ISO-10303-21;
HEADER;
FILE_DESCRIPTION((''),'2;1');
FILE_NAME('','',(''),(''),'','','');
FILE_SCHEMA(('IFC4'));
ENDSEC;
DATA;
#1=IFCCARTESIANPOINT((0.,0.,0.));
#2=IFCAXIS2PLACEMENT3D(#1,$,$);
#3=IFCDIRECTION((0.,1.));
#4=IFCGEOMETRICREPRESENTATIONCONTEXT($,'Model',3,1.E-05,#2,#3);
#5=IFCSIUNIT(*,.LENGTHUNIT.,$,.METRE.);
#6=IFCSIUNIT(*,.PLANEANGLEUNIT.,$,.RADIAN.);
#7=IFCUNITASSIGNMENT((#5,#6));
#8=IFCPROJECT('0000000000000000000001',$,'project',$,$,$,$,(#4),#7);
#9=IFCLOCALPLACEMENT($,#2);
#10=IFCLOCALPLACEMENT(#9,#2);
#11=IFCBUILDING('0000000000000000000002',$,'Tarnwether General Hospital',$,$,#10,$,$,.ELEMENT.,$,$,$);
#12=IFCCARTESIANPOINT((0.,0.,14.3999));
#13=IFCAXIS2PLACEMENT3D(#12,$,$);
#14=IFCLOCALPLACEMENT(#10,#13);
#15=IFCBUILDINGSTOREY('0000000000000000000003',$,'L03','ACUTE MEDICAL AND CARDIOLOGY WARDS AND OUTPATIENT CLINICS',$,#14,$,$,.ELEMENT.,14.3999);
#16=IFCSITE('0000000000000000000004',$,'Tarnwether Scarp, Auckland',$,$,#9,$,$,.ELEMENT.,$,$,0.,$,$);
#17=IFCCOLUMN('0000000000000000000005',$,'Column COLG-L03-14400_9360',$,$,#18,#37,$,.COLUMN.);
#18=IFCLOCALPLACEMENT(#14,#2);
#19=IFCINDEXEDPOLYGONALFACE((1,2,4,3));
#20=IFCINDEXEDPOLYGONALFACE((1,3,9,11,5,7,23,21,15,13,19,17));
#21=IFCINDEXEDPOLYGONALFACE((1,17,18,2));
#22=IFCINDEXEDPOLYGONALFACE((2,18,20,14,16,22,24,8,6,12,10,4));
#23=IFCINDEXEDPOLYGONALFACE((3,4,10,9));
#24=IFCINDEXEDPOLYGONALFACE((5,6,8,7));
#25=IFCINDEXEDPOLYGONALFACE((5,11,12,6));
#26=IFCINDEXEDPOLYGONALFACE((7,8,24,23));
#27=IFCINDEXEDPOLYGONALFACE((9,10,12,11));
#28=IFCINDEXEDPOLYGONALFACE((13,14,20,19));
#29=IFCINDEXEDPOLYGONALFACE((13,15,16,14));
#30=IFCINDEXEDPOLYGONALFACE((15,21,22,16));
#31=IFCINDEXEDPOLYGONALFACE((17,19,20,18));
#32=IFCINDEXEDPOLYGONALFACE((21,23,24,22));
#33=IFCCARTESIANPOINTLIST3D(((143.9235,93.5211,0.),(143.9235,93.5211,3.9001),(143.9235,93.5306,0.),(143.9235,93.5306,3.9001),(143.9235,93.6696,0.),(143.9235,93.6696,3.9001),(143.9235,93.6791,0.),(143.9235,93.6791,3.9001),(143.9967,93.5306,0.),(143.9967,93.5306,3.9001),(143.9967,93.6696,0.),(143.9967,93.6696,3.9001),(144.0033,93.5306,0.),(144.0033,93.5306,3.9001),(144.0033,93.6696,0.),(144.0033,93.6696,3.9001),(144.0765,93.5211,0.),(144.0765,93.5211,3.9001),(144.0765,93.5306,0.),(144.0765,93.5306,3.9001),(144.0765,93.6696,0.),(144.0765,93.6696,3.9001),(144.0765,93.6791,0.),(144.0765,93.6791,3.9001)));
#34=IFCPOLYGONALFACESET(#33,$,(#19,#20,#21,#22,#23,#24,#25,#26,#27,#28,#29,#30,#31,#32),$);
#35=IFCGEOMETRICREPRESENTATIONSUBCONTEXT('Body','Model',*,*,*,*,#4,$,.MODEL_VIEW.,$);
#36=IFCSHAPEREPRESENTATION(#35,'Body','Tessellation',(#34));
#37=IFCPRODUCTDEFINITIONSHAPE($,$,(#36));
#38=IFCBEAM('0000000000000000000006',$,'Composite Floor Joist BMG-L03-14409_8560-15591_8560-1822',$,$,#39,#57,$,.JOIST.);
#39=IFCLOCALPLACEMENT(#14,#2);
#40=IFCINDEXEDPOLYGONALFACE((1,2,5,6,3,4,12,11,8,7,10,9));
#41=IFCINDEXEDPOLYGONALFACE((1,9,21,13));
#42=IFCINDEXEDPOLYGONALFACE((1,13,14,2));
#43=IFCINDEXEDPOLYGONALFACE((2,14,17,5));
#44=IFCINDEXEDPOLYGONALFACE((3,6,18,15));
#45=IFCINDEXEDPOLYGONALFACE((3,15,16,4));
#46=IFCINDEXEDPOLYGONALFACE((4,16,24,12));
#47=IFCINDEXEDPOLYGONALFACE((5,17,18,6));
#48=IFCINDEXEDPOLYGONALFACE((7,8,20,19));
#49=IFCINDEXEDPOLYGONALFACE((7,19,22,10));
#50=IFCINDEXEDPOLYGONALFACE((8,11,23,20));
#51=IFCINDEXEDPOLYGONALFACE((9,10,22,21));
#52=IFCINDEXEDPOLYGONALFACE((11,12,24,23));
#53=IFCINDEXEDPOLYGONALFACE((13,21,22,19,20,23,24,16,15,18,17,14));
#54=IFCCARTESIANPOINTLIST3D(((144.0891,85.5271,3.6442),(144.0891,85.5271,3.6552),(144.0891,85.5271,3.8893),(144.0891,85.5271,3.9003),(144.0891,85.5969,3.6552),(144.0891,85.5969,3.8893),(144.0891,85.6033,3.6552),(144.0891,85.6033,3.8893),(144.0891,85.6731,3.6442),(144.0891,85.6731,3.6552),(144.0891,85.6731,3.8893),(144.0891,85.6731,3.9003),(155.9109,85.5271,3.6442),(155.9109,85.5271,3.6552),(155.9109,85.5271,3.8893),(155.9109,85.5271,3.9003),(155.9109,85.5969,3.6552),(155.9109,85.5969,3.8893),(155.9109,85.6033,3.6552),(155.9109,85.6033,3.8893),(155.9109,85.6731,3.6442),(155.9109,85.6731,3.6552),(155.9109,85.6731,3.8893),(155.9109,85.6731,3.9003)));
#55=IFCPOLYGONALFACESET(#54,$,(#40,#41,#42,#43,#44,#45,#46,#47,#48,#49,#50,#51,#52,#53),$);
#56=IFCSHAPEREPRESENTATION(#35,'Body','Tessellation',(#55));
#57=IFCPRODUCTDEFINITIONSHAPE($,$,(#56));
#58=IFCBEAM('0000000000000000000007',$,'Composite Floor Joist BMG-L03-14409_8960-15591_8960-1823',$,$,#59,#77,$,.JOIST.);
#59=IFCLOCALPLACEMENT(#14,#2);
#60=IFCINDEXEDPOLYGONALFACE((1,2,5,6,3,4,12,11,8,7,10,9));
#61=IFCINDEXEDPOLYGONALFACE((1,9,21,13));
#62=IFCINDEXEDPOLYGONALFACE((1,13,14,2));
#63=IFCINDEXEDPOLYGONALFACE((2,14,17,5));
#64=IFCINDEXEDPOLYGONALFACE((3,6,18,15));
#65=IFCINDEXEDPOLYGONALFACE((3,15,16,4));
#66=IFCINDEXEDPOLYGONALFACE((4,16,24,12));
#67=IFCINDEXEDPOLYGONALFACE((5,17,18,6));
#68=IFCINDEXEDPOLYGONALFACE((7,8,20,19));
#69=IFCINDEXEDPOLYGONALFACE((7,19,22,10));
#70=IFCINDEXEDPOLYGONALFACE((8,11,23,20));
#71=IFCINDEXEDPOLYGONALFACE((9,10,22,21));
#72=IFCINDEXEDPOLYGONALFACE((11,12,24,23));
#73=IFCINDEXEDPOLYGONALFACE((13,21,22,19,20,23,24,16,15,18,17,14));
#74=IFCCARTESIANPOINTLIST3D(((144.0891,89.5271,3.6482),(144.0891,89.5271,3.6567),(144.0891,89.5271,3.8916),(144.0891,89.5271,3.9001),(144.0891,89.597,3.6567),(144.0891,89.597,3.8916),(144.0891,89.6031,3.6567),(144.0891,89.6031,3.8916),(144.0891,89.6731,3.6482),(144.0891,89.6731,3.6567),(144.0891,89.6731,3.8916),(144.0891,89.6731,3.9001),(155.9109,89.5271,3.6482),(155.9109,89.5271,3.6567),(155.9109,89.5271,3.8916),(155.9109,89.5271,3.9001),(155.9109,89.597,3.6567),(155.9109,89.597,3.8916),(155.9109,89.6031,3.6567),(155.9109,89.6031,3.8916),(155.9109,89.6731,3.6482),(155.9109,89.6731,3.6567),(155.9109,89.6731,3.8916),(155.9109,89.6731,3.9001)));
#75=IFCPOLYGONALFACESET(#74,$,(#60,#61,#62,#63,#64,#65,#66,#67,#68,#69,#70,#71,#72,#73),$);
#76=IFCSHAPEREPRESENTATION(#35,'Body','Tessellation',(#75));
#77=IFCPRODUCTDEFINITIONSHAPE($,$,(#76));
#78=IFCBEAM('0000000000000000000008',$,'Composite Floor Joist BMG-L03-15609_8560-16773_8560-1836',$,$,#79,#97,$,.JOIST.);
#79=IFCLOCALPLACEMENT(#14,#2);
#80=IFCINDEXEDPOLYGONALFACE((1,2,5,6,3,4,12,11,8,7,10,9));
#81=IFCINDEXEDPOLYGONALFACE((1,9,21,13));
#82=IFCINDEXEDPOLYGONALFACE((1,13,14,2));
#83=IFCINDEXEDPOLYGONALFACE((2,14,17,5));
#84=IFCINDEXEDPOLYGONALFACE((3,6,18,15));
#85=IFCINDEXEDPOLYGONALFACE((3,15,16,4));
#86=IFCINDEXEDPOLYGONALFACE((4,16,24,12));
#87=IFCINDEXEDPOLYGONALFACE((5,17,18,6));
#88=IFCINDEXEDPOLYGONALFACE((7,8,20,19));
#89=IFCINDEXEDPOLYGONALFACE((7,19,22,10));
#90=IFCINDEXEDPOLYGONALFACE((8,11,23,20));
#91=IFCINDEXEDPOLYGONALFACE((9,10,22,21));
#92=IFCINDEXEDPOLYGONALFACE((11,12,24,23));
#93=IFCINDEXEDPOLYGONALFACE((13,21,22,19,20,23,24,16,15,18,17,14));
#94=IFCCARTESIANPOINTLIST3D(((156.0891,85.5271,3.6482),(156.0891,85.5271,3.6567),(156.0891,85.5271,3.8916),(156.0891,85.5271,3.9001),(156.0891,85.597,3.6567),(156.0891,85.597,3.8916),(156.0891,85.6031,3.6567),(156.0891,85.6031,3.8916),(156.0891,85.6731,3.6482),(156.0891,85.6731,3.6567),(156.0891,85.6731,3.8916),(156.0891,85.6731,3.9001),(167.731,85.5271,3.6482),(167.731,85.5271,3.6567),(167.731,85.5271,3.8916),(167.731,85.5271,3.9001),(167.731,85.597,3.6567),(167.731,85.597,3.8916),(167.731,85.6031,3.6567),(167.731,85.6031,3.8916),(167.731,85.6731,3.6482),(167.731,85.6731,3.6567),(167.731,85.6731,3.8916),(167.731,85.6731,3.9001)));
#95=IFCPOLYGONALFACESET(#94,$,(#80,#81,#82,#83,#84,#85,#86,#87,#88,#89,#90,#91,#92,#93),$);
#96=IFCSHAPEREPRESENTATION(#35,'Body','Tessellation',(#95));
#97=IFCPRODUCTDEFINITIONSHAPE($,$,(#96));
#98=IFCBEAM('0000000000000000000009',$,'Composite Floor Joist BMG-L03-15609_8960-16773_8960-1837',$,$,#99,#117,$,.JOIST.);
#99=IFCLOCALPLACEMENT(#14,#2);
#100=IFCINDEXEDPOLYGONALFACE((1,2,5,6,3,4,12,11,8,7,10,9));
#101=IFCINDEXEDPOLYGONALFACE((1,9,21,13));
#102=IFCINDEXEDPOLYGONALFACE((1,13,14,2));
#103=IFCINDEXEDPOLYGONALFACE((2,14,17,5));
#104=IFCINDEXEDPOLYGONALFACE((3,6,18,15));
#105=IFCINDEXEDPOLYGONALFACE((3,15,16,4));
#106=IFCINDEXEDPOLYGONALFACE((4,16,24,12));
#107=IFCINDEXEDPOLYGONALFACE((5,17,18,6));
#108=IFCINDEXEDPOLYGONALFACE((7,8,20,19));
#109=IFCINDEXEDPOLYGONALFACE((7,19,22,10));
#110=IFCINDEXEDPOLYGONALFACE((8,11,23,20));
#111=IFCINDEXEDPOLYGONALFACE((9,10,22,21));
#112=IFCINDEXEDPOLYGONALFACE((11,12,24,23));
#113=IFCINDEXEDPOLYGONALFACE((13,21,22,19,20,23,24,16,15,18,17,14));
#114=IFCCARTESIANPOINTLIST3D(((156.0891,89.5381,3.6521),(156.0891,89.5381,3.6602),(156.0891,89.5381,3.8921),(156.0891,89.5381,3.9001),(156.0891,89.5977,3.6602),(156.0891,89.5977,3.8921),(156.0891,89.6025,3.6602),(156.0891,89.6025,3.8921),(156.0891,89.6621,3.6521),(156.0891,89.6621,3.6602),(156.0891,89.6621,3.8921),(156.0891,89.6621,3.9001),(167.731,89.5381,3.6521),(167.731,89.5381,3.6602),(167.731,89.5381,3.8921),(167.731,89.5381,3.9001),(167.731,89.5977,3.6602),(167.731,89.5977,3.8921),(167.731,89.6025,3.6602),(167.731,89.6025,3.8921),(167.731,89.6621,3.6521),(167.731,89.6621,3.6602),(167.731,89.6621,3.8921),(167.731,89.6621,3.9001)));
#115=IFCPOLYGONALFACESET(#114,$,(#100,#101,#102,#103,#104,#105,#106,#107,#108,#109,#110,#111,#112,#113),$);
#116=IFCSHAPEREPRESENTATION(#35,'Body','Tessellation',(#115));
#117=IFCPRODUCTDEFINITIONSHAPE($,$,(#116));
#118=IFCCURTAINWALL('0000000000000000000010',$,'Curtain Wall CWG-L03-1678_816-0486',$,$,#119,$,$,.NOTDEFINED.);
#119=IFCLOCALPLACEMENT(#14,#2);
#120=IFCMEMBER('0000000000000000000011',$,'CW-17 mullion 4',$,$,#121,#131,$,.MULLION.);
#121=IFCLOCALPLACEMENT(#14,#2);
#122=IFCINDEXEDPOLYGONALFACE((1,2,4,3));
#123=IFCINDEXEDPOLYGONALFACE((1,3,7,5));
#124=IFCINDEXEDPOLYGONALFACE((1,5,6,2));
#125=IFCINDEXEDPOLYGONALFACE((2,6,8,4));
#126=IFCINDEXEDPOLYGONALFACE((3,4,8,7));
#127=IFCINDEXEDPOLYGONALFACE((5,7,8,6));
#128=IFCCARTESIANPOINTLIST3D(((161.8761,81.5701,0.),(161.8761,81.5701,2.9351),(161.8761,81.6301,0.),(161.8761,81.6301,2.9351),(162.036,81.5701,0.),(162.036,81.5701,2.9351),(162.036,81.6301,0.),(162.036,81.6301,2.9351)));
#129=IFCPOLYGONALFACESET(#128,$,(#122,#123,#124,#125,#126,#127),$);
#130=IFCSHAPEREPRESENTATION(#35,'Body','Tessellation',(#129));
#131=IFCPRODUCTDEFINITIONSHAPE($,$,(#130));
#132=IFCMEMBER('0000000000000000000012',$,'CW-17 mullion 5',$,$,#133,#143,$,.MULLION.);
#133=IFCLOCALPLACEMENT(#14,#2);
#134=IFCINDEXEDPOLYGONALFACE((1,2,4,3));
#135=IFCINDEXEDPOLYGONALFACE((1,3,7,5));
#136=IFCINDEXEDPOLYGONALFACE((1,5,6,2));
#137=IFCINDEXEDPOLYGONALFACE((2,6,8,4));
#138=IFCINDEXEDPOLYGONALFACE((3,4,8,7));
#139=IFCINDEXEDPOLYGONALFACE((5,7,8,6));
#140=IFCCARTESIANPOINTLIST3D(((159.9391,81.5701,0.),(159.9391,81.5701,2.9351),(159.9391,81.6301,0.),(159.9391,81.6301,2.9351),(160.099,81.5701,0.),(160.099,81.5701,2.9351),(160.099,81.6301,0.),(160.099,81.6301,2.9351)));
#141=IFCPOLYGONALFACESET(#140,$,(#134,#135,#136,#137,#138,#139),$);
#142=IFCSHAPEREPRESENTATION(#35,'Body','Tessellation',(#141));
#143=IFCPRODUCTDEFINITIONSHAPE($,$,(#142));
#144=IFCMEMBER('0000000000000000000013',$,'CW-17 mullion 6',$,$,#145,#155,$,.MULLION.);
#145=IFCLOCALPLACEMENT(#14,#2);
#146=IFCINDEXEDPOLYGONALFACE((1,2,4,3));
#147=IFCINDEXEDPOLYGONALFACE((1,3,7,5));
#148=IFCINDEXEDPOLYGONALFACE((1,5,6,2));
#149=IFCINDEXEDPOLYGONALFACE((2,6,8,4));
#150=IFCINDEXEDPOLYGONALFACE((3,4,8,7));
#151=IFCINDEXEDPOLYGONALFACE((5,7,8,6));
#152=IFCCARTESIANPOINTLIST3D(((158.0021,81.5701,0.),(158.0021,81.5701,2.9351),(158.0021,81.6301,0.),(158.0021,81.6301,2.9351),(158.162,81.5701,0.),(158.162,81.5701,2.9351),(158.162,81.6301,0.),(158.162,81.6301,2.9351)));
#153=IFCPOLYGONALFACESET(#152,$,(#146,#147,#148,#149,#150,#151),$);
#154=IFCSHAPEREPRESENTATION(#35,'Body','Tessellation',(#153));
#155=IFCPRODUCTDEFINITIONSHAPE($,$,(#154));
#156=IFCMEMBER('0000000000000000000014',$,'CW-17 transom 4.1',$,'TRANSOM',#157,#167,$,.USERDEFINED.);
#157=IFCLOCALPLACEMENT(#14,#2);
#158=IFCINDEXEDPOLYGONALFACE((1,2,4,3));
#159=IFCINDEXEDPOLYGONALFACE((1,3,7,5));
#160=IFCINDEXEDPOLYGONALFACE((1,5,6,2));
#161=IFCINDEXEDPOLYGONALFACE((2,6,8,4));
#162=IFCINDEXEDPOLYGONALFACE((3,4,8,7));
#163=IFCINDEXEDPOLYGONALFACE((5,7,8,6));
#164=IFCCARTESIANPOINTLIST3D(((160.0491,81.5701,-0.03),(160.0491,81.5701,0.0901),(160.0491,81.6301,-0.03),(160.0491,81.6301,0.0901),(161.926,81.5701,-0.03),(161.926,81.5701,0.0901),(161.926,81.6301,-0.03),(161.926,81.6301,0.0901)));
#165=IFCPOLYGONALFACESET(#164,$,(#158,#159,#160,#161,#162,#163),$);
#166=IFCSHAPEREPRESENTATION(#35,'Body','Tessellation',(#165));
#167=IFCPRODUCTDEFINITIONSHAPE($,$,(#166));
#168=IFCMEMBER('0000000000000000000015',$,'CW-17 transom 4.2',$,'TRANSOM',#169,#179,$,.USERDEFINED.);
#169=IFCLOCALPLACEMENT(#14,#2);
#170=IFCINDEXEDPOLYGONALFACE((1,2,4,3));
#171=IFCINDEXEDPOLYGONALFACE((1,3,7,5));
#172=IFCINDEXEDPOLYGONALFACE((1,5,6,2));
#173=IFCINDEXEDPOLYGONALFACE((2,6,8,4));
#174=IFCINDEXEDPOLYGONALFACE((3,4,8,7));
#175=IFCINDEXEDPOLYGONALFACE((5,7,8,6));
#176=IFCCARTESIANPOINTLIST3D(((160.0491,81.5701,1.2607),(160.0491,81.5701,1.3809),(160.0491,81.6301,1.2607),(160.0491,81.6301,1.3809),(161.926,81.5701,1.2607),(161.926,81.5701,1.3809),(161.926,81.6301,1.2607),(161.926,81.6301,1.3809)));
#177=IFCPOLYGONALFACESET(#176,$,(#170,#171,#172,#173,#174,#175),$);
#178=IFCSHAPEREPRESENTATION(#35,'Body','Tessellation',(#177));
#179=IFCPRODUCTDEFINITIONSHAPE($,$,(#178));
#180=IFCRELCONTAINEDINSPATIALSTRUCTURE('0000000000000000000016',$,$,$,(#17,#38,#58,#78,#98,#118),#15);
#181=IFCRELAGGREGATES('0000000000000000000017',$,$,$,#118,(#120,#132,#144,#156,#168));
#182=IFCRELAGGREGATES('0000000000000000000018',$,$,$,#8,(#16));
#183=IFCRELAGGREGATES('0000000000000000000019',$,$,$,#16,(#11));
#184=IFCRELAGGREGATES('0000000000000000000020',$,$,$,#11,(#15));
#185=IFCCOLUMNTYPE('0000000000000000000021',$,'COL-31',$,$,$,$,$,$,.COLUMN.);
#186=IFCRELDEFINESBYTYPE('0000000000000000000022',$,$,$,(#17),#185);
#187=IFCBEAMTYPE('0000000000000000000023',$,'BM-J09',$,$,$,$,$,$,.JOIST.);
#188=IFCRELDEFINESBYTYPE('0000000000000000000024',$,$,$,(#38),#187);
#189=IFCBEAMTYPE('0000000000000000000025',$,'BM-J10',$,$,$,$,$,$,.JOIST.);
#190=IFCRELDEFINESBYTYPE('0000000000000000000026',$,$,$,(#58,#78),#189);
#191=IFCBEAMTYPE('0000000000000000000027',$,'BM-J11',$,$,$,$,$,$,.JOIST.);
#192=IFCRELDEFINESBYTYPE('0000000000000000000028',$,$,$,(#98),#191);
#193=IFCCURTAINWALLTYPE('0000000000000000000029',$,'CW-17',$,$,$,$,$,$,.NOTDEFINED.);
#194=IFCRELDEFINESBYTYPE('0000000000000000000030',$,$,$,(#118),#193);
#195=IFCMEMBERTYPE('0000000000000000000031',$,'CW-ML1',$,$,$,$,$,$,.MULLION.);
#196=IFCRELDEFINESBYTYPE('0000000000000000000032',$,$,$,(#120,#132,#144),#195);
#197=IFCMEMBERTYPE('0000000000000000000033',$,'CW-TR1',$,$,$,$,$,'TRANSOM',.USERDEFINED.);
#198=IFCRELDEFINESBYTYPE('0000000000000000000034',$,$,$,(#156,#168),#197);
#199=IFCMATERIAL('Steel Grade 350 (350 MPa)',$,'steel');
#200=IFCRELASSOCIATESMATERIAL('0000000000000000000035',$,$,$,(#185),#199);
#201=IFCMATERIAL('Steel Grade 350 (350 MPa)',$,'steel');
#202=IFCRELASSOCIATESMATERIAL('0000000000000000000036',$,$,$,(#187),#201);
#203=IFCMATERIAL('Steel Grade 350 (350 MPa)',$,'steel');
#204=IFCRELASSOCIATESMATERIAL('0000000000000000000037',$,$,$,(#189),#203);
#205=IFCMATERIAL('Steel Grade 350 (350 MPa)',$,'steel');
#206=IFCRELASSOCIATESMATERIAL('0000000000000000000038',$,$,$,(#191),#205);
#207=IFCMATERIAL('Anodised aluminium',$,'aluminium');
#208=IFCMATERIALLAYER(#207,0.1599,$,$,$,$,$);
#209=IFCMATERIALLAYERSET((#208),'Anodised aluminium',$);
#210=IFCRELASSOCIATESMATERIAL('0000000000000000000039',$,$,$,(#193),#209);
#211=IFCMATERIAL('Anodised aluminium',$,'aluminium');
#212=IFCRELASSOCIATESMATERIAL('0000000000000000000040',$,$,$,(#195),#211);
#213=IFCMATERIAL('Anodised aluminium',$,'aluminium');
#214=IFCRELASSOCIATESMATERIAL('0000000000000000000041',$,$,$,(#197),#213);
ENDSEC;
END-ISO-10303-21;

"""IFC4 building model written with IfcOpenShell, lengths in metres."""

from ifc_helpers import new_model, si_unit, direction, frame, origin, origin_2d, place, context, subcontext, project, spatial, rectangle, i_section, extrude, material, layer, layer_set, material_profile, profile_set, type_object, element, aggregate, save


model = new_model("IFC4")

# Units and contexts
model_context = context("Model", 3, precision=1e-05, world=origin(), true_north=direction((0.0, 1.0)))
body_context = subcontext(model_context, "Body", "Model", "MODEL_VIEW")
ifc_project = project(units=[si_unit("LENGTHUNIT", "METRE"), si_unit("PLANEANGLEUNIT", "RADIAN")], contexts=[model_context])

# Site, building, storey
site_placement = place(None, origin())
site = spatial("IfcSite", under=ifc_project, at=site_placement, Name="Tarnwether Scarp, Auckland", CompositionType="ELEMENT", RefElevation=0.0)
building_placement = place(site_placement, origin())
building = spatial("IfcBuilding", under=site, at=building_placement, Name="Tarnwether General Hospital", CompositionType="ELEMENT")
storey_placement = place(building_placement, frame((0.0, 0.0, 14.3999)))
storey = spatial("IfcBuildingStorey", under=building, at=storey_placement, Name="L03", Description="ACUTE MEDICAL AND CARDIOLOGY WARDS AND OUTPATIENT CLINICS", CompositionType="ELEMENT", Elevation=14.3999)

# Column
ifc_material_1 = material(Name="Steel Grade 350 (350 MPa)", Category="steel")
ifc_material_profile_1 = material_profile(ifc_material_1, i_section(OverallWidth=0.1531, OverallDepth=0.158, WebThickness=0.0066, FlangeThickness=0.0095, at=origin_2d()), Name="150UC30.0")
ifc_profile_set_1 = profile_set([ifc_material_profile_1], Name="Steel Grade 350 (350 MPa)")
column_type = type_object("IfcColumnType", Name="COL-31", PredefinedType="COLUMN", material=ifc_profile_set_1)
column_placement = place(storey_placement, frame((144.0, 93.6001, 0.0), z_axis=(0.0, 0.0, 1.0), x_axis=(1.0, 0.0, 0.0)))
element("IfcColumn", 1, at=column_placement, inside=storey, type_object=column_type, Name="Column COLG-L03-14400_9360", PredefinedType="COLUMN", context=body_context, shape_type="SweptSolid", body=[
    extrude(i_section(OverallWidth=0.1531, OverallDepth=0.158, WebThickness=0.0066, FlangeThickness=0.0095, at=origin_2d()), origin(), (0.0, 0.0, 1.0), 3.9001),
])

# Beams
ifc_material_2 = material(Name="Steel Grade 350 (350 MPa)", Category="steel")
ifc_material_profile_2 = material_profile(ifc_material_2, i_section(OverallWidth=0.146, OverallDepth=0.2561, WebThickness=0.0063, FlangeThickness=0.011, at=origin_2d()), Name="250UB37.3")
ifc_profile_set_2 = profile_set([ifc_material_profile_2], Name="Steel Grade 350 (350 MPa)")
beam_type_1 = type_object("IfcBeamType", Name="BM-J09", PredefinedType="JOIST", material=ifc_profile_set_2)
beam_1_placement = place(storey_placement, frame((144.0891, 85.6001, 3.7722), z_axis=(1.0, 0.0, 0.0), x_axis=(0.0, 1.0, 0.0)))
element("IfcBeam", 2, at=beam_1_placement, inside=storey, type_object=beam_type_1, Name="Composite Floor Joist BMG-L03-14409_8560-15591_8560-1822", PredefinedType="JOIST", context=body_context, shape_type="SweptSolid", body=[
    extrude(i_section(OverallWidth=0.146, OverallDepth=0.2561, WebThickness=0.0063, FlangeThickness=0.011, at=origin_2d()), origin(), (0.0, 0.0, 1.0), 11.8218),
])
ifc_material_3 = material(Name="Steel Grade 350 (350 MPa)", Category="steel")
ifc_material_profile_3 = material_profile(ifc_material_3, i_section(OverallWidth=0.146, OverallDepth=0.252, WebThickness=0.0061, FlangeThickness=0.0085, at=origin_2d()), Name="250UB31.4")
ifc_profile_set_3 = profile_set([ifc_material_profile_3], Name="Steel Grade 350 (350 MPa)")
beam_type_2 = type_object("IfcBeamType", Name="BM-J10", PredefinedType="JOIST", material=ifc_profile_set_3)
beam_2_placement = place(storey_placement, frame((144.0891, 89.6001, 3.7742), z_axis=(1.0, 0.0, 0.0), x_axis=(0.0, 1.0, 0.0)))
element("IfcBeam", 3, at=beam_2_placement, inside=storey, type_object=beam_type_2, Name="Composite Floor Joist BMG-L03-14409_8960-15591_8960-1823", PredefinedType="JOIST", context=body_context, shape_type="SweptSolid", body=[
    extrude(i_section(OverallWidth=0.146, OverallDepth=0.252, WebThickness=0.0061, FlangeThickness=0.0085, at=origin_2d()), origin(), (0.0, 0.0, 1.0), 11.8218),
])
beam_3_placement = place(storey_placement, frame((156.0891, 85.6001, 3.7742), z_axis=(1.0, 0.0, 0.0), x_axis=(0.0, 1.0, 0.0)))
element("IfcBeam", 4, at=beam_3_placement, inside=storey, type_object=beam_type_2, Name="Composite Floor Joist BMG-L03-15609_8560-16773_8560-1836", PredefinedType="JOIST", context=body_context, shape_type="SweptSolid", body=[
    extrude(i_section(OverallWidth=0.146, OverallDepth=0.252, WebThickness=0.0061, FlangeThickness=0.0085, at=origin_2d()), origin(), (0.0, 0.0, 1.0), 11.6418),
])
ifc_material_4 = material(Name="Steel Grade 350 (350 MPa)", Category="steel")
ifc_material_profile_4 = material_profile(ifc_material_4, i_section(OverallWidth=0.124, OverallDepth=0.248, WebThickness=0.0049, FlangeThickness=0.0081, at=origin_2d()), Name="250UB25.7")
ifc_profile_set_4 = profile_set([ifc_material_profile_4], Name="Steel Grade 350 (350 MPa)")
beam_type_3 = type_object("IfcBeamType", Name="BM-J11", PredefinedType="JOIST", material=ifc_profile_set_4)
beam_4_placement = place(storey_placement, frame((156.0891, 89.6001, 3.7761), z_axis=(1.0, 0.0, 0.0), x_axis=(0.0, 1.0, 0.0)))
element("IfcBeam", 5, at=beam_4_placement, inside=storey, type_object=beam_type_3, Name="Composite Floor Joist BMG-L03-15609_8960-16773_8960-1837", PredefinedType="JOIST", context=body_context, shape_type="SweptSolid", body=[
    extrude(i_section(OverallWidth=0.124, OverallDepth=0.248, WebThickness=0.0049, FlangeThickness=0.0081, at=origin_2d()), origin(), (0.0, 0.0, 1.0), 11.6418),
])

# Curtain wall, members
ifc_material_5 = material(Name="Anodised aluminium", Category="aluminium")
ifc_layer_1 = layer(ifc_material_5, 0.1599)
ifc_layer_set_1 = layer_set([ifc_layer_1], Name="Anodised aluminium")
curtain_wall_type = type_object("IfcCurtainWallType", Name="CW-17", PredefinedType="NOTDEFINED", material=ifc_layer_set_1)
curtain_wall_placement = place(storey_placement, origin())
curtain_wall = element("IfcCurtainWall", 6, at=curtain_wall_placement, inside=storey, type_object=curtain_wall_type, Name="Curtain Wall CWG-L03-1678_816-0486", PredefinedType="NOTDEFINED")
ifc_material_6 = material(Name="Anodised aluminium", Category="aluminium")
ifc_material_profile_5 = material_profile(ifc_material_6, rectangle(XDim=0.0601, YDim=0.1599, at=origin_2d()), Name="ALU-MUL-60x160")
ifc_profile_set_5 = profile_set([ifc_material_profile_5], Name="Anodised aluminium")
member_type_1 = type_object("IfcMemberType", Name="CW-ML1", PredefinedType="MULLION", material=ifc_profile_set_5)
member_1_placement = place(storey_placement, frame((161.9561, 81.6001, 0.0), z_axis=(0.0, 0.0, 1.0), x_axis=(0.0, -1.0, 0.0)))
member_1 = element("IfcMember", 7, at=member_1_placement, type_object=member_type_1, Name="CW-17 mullion 4", PredefinedType="MULLION", context=body_context, shape_type="SweptSolid", body=[
    extrude(rectangle(XDim=0.0601, YDim=0.1599, at=origin_2d()), origin(), (0.0, 0.0, 1.0), 2.9351),
])
member_2_placement = place(storey_placement, frame((160.019, 81.6001, 0.0), z_axis=(0.0, 0.0, 1.0), x_axis=(0.0, -1.0, 0.0)))
member_2 = element("IfcMember", 8, at=member_2_placement, type_object=member_type_1, Name="CW-17 mullion 5", PredefinedType="MULLION", context=body_context, shape_type="SweptSolid", body=[
    extrude(rectangle(XDim=0.0601, YDim=0.1599, at=origin_2d()), origin(), (0.0, 0.0, 1.0), 2.9351),
])
member_3_placement = place(storey_placement, frame((158.082, 81.6001, 0.0), z_axis=(0.0, 0.0, 1.0), x_axis=(0.0, -1.0, 0.0)))
member_3 = element("IfcMember", 9, at=member_3_placement, type_object=member_type_1, Name="CW-17 mullion 6", PredefinedType="MULLION", context=body_context, shape_type="SweptSolid", body=[
    extrude(rectangle(XDim=0.0601, YDim=0.1599, at=origin_2d()), origin(), (0.0, 0.0, 1.0), 2.9351),
])
ifc_material_7 = material(Name="Anodised aluminium", Category="aluminium")
ifc_material_profile_6 = material_profile(ifc_material_7, rectangle(XDim=0.0601, YDim=0.1201, at=origin_2d()), Name="ALU-TRN-60x120")
ifc_profile_set_6 = profile_set([ifc_material_profile_6], Name="Anodised aluminium")
member_type_2 = type_object("IfcMemberType", Name="CW-TR1", ElementType="TRANSOM", PredefinedType="USERDEFINED", material=ifc_profile_set_6)
member_4_placement = place(storey_placement, frame((161.926, 81.6001, 0.03), z_axis=(-1.0, 0.0, 0.0), x_axis=(0.0, -1.0, 0.0)))
member_4 = element("IfcMember", 10, at=member_4_placement, type_object=member_type_2, Name="CW-17 transom 4.1", ObjectType="TRANSOM", PredefinedType="USERDEFINED", context=body_context, shape_type="SweptSolid", body=[
    extrude(rectangle(XDim=0.0601, YDim=0.1201, at=origin_2d()), origin(), (0.0, 0.0, 1.0), 1.877),
])
member_5_placement = place(storey_placement, frame((161.926, 81.6001, 1.3208), z_axis=(-1.0, 0.0, 0.0), x_axis=(0.0, -1.0, 0.0)))
member_5 = element("IfcMember", 11, at=member_5_placement, type_object=member_type_2, Name="CW-17 transom 4.2", ObjectType="TRANSOM", PredefinedType="USERDEFINED", context=body_context, shape_type="SweptSolid", body=[
    extrude(rectangle(XDim=0.0601, YDim=0.1201, at=origin_2d()), origin(), (0.0, 0.0, 1.0), 1.877),
])
aggregate(curtain_wall, [member_1, member_2, member_3, member_4, member_5])

save(model, "model.ifc")
